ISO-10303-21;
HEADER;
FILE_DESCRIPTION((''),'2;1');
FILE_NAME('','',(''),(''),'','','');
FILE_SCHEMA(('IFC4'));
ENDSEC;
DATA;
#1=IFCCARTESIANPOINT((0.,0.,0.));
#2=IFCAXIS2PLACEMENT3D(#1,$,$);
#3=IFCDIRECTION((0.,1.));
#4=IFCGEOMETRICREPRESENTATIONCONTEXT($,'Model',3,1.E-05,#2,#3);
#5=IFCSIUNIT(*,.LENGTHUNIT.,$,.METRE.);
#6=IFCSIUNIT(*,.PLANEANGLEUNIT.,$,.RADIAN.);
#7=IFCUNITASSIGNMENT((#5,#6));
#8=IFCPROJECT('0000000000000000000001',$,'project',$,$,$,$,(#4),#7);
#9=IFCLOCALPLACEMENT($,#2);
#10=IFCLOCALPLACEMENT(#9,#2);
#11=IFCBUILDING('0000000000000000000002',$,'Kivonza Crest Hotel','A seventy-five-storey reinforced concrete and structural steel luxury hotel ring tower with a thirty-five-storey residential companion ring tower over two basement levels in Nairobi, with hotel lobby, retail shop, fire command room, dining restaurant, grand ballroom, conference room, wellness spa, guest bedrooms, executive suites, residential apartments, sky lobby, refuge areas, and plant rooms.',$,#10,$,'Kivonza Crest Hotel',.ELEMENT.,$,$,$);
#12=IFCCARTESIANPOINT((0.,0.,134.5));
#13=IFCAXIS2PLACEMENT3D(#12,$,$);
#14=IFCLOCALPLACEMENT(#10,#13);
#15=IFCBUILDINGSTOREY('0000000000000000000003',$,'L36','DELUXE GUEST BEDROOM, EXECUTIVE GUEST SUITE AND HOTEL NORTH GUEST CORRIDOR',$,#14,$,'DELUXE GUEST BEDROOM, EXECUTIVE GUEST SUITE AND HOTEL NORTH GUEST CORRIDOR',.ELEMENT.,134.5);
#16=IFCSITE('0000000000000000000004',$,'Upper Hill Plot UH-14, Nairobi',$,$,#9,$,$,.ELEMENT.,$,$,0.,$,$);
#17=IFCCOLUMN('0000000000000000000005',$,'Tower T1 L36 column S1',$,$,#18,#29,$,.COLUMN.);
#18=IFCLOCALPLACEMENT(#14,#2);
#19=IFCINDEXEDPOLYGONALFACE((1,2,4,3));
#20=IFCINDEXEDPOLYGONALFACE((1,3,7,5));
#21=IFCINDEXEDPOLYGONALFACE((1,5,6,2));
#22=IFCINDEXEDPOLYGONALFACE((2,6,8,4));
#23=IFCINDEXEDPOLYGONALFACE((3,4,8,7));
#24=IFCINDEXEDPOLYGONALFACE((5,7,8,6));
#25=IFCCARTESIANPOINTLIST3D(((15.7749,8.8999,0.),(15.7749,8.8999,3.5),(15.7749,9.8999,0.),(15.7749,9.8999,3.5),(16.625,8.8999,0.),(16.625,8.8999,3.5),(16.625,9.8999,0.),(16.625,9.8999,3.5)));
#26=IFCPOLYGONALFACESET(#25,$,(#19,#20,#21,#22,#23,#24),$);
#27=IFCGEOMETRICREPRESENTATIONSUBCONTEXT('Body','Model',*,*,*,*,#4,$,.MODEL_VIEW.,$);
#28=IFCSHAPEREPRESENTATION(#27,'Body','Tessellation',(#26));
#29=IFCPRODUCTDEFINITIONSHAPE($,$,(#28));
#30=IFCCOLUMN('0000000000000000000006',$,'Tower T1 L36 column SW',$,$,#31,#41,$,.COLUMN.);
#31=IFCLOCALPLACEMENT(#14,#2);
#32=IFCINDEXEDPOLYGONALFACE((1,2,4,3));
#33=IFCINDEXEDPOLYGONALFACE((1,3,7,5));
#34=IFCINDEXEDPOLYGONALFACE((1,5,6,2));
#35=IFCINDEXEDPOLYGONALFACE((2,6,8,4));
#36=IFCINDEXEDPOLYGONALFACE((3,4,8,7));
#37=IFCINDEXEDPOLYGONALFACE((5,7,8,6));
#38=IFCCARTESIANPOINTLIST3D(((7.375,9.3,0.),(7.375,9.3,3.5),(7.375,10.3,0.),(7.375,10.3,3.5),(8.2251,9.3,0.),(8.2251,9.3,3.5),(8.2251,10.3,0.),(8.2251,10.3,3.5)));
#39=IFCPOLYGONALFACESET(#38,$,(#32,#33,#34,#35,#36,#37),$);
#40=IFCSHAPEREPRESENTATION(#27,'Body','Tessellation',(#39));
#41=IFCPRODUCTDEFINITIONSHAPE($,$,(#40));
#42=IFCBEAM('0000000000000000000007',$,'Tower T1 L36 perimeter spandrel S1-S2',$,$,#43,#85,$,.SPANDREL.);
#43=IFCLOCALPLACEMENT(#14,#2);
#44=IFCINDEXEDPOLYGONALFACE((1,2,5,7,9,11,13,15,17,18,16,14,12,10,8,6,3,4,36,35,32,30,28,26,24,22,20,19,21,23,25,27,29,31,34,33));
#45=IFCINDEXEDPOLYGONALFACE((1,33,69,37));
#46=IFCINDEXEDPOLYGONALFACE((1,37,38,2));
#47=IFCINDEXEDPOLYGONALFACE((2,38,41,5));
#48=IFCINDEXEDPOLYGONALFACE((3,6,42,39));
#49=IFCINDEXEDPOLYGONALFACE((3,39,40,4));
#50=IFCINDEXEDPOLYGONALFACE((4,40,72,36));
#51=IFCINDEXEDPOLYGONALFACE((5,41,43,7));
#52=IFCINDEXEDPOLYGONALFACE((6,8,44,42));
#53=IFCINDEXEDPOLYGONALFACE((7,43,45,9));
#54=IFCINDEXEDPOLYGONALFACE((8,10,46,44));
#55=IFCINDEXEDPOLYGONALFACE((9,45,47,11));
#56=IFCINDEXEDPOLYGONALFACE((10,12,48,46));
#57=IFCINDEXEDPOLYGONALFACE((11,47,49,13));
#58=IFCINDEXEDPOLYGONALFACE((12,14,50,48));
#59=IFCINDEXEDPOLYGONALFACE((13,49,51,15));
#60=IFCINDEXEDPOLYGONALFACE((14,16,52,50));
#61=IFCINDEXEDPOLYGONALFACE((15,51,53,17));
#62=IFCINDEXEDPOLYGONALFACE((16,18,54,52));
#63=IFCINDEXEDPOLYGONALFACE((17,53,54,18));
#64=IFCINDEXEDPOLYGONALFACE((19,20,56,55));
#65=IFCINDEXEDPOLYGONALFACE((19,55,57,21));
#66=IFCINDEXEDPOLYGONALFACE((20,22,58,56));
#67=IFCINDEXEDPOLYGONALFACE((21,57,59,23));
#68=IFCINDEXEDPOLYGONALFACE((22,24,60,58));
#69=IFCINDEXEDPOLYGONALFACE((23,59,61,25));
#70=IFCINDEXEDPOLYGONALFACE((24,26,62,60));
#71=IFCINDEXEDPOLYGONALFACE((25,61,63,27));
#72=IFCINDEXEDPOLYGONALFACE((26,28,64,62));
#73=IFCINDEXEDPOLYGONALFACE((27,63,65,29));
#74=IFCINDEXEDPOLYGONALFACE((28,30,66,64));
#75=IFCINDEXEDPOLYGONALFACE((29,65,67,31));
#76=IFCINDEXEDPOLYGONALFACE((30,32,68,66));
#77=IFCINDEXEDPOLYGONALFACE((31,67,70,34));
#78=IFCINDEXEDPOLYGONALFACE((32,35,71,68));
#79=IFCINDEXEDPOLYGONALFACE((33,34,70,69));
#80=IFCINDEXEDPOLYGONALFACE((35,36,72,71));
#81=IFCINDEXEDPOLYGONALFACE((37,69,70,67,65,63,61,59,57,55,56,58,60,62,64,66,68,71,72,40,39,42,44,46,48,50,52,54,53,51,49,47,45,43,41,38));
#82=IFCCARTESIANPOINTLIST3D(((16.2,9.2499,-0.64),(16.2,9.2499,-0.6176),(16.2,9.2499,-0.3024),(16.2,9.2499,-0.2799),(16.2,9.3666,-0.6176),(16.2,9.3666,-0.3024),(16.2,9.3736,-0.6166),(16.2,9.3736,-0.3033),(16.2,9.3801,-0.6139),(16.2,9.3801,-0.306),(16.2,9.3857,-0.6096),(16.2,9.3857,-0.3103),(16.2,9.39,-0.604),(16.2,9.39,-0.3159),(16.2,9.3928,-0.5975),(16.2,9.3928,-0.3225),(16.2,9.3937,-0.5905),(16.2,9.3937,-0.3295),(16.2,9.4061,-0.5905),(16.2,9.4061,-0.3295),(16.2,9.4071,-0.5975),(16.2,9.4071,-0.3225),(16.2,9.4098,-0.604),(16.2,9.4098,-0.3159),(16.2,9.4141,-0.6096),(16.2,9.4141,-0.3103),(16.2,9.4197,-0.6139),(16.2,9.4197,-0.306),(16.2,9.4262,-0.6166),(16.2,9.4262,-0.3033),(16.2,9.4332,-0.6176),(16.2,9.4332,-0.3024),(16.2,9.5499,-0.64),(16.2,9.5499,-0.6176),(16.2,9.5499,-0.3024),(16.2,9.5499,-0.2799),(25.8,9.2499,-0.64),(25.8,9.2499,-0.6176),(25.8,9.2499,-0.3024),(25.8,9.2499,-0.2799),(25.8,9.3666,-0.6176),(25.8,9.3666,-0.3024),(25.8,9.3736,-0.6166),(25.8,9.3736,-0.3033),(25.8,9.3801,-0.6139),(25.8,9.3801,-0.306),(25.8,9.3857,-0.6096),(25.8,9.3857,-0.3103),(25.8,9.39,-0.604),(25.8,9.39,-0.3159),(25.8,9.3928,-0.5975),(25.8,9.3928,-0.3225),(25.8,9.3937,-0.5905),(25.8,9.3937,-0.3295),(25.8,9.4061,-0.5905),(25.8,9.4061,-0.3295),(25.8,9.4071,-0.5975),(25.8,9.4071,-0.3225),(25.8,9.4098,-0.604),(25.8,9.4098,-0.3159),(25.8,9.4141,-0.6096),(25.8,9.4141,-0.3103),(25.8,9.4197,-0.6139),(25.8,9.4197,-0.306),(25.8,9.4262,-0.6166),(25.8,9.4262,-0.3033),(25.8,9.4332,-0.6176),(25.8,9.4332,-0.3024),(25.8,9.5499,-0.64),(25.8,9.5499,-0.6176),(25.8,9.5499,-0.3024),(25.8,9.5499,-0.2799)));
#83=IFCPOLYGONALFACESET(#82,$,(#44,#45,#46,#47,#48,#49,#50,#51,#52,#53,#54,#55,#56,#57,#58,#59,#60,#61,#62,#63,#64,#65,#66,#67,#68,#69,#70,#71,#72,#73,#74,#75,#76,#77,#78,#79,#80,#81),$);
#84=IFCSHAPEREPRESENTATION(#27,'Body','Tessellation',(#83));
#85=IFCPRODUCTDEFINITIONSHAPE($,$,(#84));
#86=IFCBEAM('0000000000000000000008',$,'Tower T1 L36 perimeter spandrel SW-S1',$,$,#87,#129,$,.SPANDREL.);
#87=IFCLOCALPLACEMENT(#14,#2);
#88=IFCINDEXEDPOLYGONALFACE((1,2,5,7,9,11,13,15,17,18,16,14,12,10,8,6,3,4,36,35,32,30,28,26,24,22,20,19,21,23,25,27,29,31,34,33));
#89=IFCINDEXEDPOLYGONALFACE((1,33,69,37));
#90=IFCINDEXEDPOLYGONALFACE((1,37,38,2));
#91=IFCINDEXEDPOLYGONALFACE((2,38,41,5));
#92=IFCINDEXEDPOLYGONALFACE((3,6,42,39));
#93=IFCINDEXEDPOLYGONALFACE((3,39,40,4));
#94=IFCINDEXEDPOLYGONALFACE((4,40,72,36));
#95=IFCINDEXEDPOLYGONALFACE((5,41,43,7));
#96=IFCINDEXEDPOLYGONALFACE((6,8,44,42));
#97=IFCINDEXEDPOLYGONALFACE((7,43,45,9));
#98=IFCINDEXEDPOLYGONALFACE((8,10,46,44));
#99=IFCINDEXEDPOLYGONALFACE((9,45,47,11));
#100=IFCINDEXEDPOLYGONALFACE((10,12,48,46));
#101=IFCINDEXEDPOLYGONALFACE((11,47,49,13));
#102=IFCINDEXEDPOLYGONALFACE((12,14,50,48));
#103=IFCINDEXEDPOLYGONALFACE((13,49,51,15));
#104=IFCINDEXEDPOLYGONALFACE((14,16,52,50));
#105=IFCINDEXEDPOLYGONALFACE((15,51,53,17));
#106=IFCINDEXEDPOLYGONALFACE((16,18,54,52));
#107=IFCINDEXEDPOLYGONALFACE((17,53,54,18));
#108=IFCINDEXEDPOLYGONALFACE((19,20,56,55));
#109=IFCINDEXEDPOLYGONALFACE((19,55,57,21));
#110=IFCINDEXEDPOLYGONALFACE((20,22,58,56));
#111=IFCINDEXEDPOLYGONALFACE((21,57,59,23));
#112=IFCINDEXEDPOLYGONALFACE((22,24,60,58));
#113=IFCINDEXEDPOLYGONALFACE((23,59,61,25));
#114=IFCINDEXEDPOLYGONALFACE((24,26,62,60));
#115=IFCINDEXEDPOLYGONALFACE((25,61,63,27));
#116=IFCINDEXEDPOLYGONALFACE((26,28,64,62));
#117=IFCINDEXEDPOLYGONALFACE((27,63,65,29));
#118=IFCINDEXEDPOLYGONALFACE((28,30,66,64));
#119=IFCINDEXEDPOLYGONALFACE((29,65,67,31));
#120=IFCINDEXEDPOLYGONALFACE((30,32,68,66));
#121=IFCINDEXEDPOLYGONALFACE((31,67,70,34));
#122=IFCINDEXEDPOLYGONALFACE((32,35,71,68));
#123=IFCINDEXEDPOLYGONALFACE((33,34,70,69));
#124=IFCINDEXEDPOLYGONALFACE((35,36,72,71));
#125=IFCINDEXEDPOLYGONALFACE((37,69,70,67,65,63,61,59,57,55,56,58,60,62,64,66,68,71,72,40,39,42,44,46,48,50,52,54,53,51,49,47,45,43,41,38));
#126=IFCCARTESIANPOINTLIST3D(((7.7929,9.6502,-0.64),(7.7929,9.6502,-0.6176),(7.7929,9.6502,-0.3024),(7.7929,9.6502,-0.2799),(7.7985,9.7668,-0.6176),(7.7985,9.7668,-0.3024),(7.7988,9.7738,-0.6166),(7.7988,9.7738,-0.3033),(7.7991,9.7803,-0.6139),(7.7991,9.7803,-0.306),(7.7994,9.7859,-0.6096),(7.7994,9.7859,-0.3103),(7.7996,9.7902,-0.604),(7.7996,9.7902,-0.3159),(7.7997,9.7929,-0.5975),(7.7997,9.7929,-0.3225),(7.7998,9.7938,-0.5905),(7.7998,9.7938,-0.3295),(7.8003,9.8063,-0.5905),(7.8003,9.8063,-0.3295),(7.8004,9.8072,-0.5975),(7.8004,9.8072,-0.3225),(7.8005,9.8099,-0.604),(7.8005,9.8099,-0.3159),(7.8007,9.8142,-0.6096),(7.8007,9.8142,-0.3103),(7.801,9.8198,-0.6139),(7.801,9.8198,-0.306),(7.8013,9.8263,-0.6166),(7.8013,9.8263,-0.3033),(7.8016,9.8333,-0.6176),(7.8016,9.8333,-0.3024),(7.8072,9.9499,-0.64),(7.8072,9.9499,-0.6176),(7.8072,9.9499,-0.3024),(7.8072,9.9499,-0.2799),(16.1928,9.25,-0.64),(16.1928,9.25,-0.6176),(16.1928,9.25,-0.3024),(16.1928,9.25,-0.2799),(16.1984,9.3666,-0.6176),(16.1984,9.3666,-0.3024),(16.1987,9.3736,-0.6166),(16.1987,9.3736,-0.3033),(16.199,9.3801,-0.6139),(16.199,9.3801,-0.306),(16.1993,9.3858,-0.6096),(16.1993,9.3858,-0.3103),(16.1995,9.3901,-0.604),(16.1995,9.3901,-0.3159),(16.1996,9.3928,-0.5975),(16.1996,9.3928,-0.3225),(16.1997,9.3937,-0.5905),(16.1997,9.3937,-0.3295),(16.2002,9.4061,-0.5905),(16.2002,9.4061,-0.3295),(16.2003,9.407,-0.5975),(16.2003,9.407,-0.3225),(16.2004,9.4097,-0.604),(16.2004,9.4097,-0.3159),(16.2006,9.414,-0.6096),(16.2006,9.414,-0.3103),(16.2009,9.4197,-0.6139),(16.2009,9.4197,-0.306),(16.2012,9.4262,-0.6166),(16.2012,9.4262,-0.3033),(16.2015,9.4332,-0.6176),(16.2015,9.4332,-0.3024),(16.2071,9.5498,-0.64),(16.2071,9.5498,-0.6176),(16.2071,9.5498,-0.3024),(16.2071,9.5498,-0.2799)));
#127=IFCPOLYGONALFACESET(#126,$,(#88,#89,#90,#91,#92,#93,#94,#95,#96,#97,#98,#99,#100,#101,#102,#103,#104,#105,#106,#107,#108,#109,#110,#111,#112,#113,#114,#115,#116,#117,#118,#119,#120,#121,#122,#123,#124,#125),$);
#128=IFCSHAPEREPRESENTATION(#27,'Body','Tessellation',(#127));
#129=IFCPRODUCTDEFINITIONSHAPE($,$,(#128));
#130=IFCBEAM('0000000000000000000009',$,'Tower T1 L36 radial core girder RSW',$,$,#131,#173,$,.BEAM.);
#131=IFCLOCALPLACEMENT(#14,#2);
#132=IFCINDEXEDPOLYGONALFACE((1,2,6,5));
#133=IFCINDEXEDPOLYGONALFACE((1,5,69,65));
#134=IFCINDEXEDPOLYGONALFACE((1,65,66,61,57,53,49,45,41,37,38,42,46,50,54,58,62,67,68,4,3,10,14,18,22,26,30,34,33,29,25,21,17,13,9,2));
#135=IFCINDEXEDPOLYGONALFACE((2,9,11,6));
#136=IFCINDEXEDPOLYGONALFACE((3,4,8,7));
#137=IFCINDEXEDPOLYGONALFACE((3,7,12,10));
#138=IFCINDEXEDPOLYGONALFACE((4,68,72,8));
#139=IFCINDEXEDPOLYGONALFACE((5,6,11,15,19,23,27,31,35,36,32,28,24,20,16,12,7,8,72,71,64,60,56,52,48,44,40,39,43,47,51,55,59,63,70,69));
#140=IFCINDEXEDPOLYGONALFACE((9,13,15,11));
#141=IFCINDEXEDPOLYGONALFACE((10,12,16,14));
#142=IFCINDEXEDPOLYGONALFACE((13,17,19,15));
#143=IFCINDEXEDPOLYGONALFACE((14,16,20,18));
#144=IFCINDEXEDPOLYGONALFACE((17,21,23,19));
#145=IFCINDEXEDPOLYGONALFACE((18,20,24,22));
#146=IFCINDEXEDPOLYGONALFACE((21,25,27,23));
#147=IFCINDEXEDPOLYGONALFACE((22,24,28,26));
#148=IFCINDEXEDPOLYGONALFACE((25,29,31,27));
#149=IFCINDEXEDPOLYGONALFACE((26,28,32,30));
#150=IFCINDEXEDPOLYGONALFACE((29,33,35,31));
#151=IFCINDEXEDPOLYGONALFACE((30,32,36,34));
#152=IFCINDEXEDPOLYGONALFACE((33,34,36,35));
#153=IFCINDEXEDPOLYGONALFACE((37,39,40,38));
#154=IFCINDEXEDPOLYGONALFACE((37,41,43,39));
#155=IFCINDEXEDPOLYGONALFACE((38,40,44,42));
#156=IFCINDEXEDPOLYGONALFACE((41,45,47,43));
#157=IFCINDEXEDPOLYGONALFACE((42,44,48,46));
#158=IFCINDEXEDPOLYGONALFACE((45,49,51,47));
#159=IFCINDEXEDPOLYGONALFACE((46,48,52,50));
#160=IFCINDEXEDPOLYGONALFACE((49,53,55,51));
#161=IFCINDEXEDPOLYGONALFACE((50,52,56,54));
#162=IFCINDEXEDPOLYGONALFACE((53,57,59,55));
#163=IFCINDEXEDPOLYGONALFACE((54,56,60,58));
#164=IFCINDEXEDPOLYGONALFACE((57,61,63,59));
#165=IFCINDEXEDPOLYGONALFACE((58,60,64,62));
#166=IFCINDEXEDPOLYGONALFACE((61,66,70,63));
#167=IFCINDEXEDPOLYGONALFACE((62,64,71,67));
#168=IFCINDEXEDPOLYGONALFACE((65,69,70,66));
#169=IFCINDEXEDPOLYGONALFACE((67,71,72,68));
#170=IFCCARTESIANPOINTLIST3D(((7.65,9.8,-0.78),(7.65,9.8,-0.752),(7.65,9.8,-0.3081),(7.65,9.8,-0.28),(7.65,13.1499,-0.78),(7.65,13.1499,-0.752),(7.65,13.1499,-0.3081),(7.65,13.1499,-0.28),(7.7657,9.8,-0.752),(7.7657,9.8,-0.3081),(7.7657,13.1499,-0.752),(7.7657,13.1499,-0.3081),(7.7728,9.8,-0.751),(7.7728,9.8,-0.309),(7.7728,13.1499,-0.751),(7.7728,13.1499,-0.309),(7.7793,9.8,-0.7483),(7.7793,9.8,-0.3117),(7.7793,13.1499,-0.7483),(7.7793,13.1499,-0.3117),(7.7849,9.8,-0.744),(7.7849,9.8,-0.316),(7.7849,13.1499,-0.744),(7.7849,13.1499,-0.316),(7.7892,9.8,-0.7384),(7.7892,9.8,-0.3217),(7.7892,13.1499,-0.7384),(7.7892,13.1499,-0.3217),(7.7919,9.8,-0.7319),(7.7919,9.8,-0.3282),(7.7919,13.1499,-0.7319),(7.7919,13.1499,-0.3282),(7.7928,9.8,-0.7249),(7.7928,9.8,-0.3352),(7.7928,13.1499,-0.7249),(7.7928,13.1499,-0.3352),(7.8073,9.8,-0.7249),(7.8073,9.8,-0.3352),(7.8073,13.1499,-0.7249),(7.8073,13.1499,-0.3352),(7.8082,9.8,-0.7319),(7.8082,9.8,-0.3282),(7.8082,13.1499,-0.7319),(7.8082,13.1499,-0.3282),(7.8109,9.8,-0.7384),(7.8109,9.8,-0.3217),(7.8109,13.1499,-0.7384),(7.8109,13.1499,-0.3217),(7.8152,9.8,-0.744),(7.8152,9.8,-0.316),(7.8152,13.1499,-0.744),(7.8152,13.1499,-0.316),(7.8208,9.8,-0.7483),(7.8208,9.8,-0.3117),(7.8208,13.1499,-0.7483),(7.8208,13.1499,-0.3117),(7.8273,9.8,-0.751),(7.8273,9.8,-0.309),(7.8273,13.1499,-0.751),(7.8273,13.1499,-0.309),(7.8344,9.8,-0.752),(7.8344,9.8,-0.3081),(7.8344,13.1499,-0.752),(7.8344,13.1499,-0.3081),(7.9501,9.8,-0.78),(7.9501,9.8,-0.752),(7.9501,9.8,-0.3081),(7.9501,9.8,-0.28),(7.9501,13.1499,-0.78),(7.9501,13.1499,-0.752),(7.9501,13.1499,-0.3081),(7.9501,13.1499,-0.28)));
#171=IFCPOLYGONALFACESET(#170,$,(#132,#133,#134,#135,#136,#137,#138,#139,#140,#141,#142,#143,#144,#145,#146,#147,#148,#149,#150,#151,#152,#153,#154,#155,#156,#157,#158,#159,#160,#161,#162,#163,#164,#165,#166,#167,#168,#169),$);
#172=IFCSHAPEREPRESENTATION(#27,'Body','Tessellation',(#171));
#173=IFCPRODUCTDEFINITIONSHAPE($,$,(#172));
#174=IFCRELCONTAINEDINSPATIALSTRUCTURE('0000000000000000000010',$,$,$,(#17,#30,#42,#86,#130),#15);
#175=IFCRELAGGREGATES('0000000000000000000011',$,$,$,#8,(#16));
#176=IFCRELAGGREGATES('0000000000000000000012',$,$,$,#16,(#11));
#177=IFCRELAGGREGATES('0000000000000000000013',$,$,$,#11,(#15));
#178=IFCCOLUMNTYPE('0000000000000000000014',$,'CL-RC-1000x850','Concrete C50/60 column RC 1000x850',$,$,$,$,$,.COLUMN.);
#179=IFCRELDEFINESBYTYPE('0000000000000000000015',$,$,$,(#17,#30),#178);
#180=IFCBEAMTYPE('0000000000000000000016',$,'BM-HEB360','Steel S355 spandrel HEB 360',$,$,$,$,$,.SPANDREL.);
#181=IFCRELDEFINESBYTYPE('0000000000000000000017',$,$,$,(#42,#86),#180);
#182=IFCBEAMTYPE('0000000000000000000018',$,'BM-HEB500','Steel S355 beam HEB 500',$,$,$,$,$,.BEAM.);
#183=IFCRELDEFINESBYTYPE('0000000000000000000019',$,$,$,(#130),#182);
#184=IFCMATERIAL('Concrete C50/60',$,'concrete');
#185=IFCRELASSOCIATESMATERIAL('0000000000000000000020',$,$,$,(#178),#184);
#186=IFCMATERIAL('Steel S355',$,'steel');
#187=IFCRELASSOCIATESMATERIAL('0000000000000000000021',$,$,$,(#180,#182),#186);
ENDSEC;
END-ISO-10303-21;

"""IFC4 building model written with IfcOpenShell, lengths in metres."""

from ifc_helpers import new_model, si_unit, direction, frame, origin, origin_2d, place, context, subcontext, project, spatial, rectangle, i_section, extrude, material, material_profile, profile_set, type_object, element, save


model = new_model("IFC4")

# Units and contexts
model_context = context("Model", 3, precision=1e-05, world=origin(), true_north=direction((0.0, 1.0)))
body_context = subcontext(model_context, "Body", "Model", "MODEL_VIEW")
ifc_project = project(units=[si_unit("LENGTHUNIT", "METRE"), si_unit("PLANEANGLEUNIT", "RADIAN")], contexts=[model_context])

# Site, building, storey
site_placement = place(None, origin())
site = spatial("IfcSite", under=ifc_project, at=site_placement, Name="Upper Hill Plot UH-14, Nairobi", CompositionType="ELEMENT", RefElevation=0.0)
building_placement = place(site_placement, origin())
building = spatial("IfcBuilding", under=site, at=building_placement, Name="Kivonza Crest Hotel", Description="A seventy-five-storey reinforced concrete and structural steel luxury hotel ring tower with a thirty-five-storey residential companion ring tower over two basement levels in Nairobi, with hotel lobby, retail shop, fire command room, dining restaurant, grand ballroom, conference room, wellness spa, guest bedrooms, executive suites, residential apartments, sky lobby, refuge areas, and plant rooms.", LongName="Kivonza Crest Hotel", CompositionType="ELEMENT")
storey_placement = place(building_placement, frame((0.0, 0.0, 134.5)))
storey = spatial("IfcBuildingStorey", under=building, at=storey_placement, Name="L36", Description="DELUXE GUEST BEDROOM, EXECUTIVE GUEST SUITE AND HOTEL NORTH GUEST CORRIDOR", LongName="DELUXE GUEST BEDROOM, EXECUTIVE GUEST SUITE AND HOTEL NORTH GUEST CORRIDOR", CompositionType="ELEMENT", Elevation=134.5)

# Columns
ifc_material_1 = material(Name="Concrete C50/60", Category="concrete")
ifc_material_profile_1 = material_profile(ifc_material_1, rectangle(XDim=0.8501, YDim=1.0, at=origin_2d()), Name="RC 1000x850")
ifc_profile_set_1 = profile_set([ifc_material_profile_1], Name="Concrete C50/60")
column_type = type_object("IfcColumnType", Name="CL-RC-1000x850", Description="Concrete C50/60 column RC 1000x850", PredefinedType="COLUMN", material=ifc_profile_set_1)
for number, where, z_axis, x_axis, name in (
    (1, (16.2, 9.3999, 0.0), (0.0, 0.0, 1.0), (1.0, 0.0, 0.0), "Tower T1 L36 column S1"),
    (2, (7.8, 9.8, 0.0), (0.0, 0.0, 1.0), (1.0, 0.0, 0.0), "Tower T1 L36 column SW"),
):
    element("IfcColumn", number, at=place(storey_placement, frame(where, z_axis=z_axis, x_axis=x_axis)), inside=storey, type_object=column_type, Name=name, PredefinedType="COLUMN", context=body_context, shape_type="SweptSolid", body=[
        extrude(rectangle(XDim=0.8501, YDim=1.0, at=origin_2d()), origin(), (0.0, 0.0, 1.0), 3.5),
    ])

# Beams
ifc_material_2 = material(Name="Steel S355", Category="steel")
ifc_material_profile_2 = material_profile(ifc_material_2, i_section(OverallWidth=0.3, OverallDepth=0.3601, WebThickness=0.0125, FlangeThickness=0.0225, FilletRadius=0.0271, at=origin_2d()), Name="HEB 360")
ifc_profile_set_2 = profile_set([ifc_material_profile_2], Name="Steel S355")
beam_type_1 = type_object("IfcBeamType", Name="BM-HEB360", Description="Steel S355 spandrel HEB 360", PredefinedType="SPANDREL", material=ifc_profile_set_2)
beam_1_placement = place(storey_placement, frame((16.2, 9.3999, -0.46), z_axis=(1.0, 0.0, 0.0), x_axis=(0.0, 1.0, 0.0)))
element("IfcBeam", 3, at=beam_1_placement, inside=storey, type_object=beam_type_1, Name="Tower T1 L36 perimeter spandrel S1-S2", PredefinedType="SPANDREL", context=body_context, shape_type="SweptSolid", body=[
    extrude(i_section(OverallWidth=0.3, OverallDepth=0.3601, WebThickness=0.0125, FlangeThickness=0.0225, FilletRadius=0.0271, at=origin_2d()), origin(), (0.0, 0.0, 1.0), 9.6001),
])
beam_2_placement = place(storey_placement, frame((7.8, 9.8, -0.46), z_axis=(0.998867, -0.047583, 0.0), x_axis=(0.047583, 0.998867, 0.0)))
element("IfcBeam", 4, at=beam_2_placement, inside=storey, type_object=beam_type_1, Name="Tower T1 L36 perimeter spandrel SW-S1", PredefinedType="SPANDREL", context=body_context, shape_type="SweptSolid", body=[
    extrude(i_section(OverallWidth=0.3, OverallDepth=0.3601, WebThickness=0.0125, FlangeThickness=0.0225, FilletRadius=0.0271, at=origin_2d()), origin(), (0.0, 0.0, 1.0), 8.4094),
])
ifc_material_profile_3 = material_profile(ifc_material_2, i_section(OverallWidth=0.3, OverallDepth=0.5, WebThickness=0.0144, FlangeThickness=0.0281, FilletRadius=0.0271, at=origin_2d()), Name="HEB 500")
ifc_profile_set_3 = profile_set([ifc_material_profile_3], Name="Steel S355")
beam_type_2 = type_object("IfcBeamType", Name="BM-HEB500", Description="Steel S355 beam HEB 500", PredefinedType="BEAM", material=ifc_profile_set_3)
beam_3_placement = place(storey_placement, frame((7.8, 9.8, -0.53), z_axis=(0.0, 1.0, 0.0), x_axis=(-1.0, 0.0, 0.0)))
element("IfcBeam", 5, at=beam_3_placement, inside=storey, type_object=beam_type_2, Name="Tower T1 L36 radial core girder RSW", PredefinedType="BEAM", context=body_context, shape_type="SweptSolid", body=[
    extrude(i_section(OverallWidth=0.3, OverallDepth=0.5, WebThickness=0.0144, FlangeThickness=0.0281, FilletRadius=0.0271, at=origin_2d()), origin(), (0.0, 0.0, 1.0), 3.3499),
])

save(model, "model.ifc")
